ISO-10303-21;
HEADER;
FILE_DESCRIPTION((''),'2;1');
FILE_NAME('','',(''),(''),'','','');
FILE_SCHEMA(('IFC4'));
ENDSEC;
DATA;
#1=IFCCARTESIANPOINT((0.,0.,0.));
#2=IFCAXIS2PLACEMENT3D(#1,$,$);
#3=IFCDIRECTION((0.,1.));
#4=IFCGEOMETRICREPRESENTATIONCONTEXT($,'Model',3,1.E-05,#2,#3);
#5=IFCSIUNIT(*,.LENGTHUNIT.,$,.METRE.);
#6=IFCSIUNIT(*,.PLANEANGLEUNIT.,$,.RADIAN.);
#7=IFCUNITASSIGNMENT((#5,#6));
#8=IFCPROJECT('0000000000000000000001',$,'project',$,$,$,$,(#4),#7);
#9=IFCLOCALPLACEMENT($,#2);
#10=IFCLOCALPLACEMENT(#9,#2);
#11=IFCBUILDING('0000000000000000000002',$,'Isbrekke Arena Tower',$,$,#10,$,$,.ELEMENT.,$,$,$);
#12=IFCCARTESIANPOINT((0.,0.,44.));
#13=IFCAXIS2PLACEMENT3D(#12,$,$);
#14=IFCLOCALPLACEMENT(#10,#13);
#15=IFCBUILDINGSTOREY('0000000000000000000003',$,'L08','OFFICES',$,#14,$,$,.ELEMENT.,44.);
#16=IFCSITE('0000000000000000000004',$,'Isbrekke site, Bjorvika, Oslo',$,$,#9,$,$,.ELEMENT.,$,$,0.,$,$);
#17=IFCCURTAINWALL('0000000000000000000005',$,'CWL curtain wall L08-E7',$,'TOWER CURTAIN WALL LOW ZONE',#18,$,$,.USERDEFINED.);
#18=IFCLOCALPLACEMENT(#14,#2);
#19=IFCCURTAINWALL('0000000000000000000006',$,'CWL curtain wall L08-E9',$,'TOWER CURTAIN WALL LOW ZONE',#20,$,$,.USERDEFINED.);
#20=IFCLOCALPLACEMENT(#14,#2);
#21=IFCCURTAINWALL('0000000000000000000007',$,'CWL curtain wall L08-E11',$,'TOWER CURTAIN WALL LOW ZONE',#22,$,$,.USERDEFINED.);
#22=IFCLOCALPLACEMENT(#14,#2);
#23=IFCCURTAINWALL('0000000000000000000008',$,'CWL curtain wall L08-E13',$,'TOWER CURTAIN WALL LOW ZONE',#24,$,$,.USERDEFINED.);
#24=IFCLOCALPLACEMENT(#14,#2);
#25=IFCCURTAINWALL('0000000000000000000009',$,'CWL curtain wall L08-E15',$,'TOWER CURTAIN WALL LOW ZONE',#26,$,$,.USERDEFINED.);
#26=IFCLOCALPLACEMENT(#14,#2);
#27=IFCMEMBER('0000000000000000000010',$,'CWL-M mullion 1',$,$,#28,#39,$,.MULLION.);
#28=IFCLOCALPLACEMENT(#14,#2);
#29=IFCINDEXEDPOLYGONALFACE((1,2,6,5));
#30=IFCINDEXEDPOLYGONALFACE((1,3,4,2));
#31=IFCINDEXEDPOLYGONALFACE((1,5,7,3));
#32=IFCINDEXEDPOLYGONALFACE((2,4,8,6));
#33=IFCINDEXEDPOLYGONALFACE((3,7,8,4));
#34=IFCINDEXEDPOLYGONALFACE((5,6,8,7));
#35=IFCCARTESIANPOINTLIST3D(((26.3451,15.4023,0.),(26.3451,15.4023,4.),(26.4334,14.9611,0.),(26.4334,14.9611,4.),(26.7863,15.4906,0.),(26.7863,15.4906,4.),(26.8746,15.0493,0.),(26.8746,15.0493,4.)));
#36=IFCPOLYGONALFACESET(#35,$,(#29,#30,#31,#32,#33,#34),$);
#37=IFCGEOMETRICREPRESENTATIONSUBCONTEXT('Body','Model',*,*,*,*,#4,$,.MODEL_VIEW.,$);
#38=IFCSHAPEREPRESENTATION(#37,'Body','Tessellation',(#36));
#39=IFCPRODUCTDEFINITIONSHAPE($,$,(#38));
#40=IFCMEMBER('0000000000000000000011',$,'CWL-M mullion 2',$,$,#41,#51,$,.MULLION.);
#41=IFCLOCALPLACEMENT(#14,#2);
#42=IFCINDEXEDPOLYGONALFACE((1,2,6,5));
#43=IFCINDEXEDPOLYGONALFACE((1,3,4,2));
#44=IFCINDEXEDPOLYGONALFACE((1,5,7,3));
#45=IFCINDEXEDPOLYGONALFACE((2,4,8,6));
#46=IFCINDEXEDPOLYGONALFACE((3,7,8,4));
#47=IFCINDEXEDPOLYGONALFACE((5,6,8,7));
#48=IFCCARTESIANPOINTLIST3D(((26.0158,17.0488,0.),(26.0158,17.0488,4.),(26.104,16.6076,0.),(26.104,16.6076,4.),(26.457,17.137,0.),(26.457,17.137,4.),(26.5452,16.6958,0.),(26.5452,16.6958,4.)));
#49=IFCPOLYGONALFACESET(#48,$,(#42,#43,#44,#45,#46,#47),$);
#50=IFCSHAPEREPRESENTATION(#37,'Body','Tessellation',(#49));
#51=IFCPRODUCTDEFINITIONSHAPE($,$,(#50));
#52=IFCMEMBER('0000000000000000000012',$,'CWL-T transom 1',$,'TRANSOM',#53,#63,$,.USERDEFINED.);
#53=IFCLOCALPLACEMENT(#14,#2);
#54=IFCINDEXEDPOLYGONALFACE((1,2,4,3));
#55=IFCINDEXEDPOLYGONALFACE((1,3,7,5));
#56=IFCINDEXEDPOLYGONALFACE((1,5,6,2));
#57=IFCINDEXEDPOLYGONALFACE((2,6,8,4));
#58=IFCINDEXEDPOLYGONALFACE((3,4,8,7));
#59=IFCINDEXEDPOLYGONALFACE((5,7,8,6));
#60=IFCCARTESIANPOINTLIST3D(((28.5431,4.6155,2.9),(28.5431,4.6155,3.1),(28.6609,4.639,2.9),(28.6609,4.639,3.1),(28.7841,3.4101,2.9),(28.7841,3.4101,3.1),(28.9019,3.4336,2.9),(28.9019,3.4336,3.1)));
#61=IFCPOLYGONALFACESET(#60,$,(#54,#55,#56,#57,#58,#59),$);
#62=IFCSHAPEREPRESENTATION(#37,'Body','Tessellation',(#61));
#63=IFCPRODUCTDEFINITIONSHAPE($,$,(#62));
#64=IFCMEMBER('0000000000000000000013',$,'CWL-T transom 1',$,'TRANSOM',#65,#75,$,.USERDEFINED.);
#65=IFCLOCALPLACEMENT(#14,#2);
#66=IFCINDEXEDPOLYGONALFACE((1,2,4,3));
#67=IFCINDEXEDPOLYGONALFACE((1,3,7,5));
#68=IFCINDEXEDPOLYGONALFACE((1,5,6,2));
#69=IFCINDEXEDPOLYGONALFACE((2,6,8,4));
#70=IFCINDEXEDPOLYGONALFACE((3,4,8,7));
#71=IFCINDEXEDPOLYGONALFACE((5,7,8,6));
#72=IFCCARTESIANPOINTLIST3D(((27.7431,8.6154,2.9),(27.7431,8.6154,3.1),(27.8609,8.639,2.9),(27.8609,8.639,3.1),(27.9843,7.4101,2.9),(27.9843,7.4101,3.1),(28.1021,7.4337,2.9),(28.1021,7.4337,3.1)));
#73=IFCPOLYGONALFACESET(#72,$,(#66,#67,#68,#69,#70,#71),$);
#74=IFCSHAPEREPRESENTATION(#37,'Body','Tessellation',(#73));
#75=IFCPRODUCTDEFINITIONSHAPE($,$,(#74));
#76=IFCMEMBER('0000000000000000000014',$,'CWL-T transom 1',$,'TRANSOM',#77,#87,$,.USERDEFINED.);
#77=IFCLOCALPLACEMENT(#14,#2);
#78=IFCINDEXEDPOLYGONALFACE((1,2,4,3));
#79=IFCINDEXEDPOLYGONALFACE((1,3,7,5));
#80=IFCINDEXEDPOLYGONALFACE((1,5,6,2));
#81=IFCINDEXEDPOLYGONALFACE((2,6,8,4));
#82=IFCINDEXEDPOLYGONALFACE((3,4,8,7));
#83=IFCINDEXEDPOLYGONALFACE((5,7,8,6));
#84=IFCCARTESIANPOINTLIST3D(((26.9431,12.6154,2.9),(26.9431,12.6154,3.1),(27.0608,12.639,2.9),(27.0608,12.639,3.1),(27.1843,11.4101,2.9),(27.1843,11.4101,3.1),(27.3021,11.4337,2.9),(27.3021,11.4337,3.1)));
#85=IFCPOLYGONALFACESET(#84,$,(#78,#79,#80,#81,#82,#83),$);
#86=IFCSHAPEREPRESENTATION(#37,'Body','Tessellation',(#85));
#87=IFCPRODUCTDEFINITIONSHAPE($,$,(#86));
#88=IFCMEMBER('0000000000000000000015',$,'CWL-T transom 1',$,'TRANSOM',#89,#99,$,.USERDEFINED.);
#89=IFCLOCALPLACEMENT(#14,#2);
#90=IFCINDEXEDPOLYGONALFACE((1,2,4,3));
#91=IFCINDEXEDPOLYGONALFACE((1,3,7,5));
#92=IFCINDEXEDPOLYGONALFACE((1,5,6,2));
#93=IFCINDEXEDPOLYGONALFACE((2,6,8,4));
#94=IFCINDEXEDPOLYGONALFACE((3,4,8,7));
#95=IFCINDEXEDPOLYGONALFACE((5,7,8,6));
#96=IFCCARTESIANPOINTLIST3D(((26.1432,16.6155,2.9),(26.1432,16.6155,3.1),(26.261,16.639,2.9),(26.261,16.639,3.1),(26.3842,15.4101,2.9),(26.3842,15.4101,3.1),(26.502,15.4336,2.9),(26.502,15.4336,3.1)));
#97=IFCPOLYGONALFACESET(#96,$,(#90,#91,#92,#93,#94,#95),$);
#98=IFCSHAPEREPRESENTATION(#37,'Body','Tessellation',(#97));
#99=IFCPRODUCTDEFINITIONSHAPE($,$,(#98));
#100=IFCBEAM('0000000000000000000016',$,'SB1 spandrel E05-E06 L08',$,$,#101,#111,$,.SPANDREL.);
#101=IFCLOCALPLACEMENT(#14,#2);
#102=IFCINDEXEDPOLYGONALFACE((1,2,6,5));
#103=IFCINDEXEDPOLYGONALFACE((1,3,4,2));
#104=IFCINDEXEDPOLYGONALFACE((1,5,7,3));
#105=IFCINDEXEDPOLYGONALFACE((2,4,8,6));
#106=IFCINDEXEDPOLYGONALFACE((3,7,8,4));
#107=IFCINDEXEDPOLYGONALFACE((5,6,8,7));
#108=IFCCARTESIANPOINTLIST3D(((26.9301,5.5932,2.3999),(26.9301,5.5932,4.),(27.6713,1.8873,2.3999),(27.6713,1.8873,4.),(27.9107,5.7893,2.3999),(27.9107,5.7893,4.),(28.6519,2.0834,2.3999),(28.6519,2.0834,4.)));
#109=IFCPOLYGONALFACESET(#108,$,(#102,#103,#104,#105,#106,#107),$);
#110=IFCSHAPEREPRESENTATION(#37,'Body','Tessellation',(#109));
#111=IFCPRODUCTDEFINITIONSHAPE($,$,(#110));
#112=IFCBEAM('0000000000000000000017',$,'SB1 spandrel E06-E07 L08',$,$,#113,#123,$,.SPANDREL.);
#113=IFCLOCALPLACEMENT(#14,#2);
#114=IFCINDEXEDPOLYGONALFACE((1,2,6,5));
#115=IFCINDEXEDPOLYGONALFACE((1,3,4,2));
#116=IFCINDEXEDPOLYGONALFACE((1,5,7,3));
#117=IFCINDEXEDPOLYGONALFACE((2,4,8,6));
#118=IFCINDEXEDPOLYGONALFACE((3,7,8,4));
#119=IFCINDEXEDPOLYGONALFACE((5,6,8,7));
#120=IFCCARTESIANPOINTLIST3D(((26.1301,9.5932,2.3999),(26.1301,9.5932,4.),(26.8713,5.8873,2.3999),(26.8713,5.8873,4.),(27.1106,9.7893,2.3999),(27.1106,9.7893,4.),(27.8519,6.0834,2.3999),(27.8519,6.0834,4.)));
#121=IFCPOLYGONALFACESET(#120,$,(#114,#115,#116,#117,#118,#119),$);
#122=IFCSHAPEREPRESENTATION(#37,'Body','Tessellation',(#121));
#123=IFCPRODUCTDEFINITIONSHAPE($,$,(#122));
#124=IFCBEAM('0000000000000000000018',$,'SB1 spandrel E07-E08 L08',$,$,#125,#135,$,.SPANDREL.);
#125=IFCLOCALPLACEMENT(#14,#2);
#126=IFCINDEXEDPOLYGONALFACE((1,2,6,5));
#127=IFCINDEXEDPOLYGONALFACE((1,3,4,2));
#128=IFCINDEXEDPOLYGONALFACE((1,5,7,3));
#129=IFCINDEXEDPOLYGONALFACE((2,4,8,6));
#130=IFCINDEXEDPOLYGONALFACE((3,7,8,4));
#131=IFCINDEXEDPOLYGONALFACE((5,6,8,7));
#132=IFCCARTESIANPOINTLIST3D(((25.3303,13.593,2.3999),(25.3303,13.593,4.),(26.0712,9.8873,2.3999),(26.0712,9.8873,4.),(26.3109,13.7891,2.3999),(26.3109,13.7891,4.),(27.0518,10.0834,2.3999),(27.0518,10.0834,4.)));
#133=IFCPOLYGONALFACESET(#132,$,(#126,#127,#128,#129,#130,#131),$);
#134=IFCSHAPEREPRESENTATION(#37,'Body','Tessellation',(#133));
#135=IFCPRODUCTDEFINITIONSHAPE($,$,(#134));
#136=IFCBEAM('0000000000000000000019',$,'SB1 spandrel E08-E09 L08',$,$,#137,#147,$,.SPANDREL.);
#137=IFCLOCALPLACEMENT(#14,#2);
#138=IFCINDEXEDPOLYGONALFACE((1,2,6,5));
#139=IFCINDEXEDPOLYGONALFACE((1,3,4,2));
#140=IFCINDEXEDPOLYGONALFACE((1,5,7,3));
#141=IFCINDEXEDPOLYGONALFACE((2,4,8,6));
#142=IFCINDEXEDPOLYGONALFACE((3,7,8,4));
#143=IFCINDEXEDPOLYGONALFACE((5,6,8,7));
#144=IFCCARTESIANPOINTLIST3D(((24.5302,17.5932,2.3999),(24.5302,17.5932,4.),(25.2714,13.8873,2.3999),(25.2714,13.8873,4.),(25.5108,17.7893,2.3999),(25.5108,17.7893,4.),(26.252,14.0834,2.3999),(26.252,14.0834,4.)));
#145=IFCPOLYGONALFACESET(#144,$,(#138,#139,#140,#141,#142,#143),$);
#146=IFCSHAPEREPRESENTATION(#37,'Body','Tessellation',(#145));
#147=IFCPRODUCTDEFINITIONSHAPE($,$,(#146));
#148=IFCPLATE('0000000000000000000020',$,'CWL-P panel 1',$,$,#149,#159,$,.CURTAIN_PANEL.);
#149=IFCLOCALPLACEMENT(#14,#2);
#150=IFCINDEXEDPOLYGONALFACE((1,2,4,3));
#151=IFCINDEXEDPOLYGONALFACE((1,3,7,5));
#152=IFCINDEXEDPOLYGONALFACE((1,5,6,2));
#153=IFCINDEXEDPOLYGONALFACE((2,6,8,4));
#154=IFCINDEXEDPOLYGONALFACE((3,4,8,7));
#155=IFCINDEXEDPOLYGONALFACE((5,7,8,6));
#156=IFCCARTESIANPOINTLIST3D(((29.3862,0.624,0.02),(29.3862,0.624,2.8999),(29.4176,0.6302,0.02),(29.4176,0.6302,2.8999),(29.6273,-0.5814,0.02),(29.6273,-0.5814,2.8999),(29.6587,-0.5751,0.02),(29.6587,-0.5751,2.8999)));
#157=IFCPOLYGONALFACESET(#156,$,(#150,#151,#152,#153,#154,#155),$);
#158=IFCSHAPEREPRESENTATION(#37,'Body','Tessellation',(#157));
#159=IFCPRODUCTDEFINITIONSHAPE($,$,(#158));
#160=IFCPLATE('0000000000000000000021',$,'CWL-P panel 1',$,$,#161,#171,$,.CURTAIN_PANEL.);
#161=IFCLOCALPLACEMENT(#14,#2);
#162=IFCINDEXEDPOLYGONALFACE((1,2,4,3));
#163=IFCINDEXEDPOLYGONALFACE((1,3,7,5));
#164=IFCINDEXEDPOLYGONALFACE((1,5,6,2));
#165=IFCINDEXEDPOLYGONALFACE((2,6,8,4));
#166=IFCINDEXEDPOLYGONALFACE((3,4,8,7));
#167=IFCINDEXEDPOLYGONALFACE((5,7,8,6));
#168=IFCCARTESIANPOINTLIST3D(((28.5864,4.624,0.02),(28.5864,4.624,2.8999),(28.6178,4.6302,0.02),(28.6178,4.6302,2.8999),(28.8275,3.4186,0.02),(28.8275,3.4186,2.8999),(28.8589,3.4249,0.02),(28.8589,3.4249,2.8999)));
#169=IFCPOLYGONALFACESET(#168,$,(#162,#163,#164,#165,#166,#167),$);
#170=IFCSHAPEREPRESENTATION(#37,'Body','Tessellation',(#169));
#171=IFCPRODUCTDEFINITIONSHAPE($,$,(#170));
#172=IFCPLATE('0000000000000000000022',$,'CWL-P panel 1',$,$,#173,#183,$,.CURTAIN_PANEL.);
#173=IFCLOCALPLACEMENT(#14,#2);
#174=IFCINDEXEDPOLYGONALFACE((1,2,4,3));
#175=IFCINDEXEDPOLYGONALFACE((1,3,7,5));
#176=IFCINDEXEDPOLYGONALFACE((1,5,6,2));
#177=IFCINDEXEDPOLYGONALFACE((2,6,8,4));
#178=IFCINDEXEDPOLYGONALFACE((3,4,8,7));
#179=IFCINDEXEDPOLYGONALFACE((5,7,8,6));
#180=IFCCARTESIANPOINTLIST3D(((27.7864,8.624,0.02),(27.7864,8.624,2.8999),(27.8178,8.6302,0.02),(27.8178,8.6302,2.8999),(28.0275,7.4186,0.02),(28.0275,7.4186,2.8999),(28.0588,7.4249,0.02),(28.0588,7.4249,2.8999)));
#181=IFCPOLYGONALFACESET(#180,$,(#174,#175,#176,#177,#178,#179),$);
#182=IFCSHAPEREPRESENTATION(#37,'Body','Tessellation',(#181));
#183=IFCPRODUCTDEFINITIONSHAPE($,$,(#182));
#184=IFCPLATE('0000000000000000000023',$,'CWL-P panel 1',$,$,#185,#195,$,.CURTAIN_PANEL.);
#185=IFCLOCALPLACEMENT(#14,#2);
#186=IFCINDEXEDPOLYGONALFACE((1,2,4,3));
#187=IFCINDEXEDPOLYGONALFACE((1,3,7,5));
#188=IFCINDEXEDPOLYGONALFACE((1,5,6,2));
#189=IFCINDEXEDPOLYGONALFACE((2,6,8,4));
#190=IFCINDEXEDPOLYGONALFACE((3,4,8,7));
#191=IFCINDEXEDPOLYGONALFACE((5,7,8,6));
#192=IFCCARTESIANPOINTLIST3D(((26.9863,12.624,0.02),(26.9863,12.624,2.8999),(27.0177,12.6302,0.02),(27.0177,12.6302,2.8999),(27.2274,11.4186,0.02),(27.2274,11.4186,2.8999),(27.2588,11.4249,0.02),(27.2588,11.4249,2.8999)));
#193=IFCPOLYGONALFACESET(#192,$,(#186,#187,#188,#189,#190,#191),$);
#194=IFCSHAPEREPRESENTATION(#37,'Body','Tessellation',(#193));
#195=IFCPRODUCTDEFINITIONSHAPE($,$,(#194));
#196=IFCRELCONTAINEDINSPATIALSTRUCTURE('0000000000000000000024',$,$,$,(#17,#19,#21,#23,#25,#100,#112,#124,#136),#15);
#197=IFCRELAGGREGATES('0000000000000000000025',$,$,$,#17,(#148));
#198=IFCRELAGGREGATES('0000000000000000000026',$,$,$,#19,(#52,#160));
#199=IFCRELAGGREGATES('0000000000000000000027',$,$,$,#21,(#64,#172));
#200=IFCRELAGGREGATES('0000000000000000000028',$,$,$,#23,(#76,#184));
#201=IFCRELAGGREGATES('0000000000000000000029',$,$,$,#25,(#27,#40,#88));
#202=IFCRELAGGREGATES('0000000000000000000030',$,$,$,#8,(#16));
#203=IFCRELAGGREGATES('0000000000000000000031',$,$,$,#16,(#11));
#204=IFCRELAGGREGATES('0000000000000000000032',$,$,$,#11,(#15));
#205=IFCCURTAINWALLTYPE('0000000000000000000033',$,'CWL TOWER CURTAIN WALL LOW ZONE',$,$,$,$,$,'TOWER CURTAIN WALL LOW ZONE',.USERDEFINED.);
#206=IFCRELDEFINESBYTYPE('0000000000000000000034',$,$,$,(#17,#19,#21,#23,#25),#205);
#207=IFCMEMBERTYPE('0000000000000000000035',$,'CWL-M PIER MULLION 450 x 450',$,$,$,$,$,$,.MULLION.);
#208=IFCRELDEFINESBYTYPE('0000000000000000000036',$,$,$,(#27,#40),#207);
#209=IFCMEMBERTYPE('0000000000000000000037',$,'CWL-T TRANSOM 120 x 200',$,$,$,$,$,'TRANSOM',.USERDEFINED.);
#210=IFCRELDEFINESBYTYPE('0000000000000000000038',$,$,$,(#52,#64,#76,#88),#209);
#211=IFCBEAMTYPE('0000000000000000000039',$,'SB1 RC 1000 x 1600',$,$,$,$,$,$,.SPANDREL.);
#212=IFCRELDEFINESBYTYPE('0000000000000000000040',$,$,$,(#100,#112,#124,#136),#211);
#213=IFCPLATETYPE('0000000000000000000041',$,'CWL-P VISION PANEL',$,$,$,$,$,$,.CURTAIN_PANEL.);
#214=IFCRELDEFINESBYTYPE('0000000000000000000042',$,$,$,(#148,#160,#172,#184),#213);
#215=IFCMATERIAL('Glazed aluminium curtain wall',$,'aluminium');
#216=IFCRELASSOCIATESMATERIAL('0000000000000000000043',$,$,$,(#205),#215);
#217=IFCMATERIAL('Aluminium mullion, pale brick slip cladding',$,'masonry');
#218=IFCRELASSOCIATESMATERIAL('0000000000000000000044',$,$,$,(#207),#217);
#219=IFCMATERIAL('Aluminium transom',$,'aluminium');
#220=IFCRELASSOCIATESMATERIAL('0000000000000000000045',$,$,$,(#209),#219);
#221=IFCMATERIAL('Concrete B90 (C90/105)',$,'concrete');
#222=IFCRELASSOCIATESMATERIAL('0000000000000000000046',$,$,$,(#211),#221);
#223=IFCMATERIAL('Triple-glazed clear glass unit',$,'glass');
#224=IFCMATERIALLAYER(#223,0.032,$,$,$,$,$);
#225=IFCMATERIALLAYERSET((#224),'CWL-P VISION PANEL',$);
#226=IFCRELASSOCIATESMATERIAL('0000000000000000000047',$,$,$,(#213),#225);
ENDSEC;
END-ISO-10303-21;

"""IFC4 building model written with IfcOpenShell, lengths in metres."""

from ifc_helpers import new_model, si_unit, direction, frame, origin, origin_2d, place, context, subcontext, project, spatial, rectangle, extrude, material, layer, layer_set, material_profile, profile_set, type_object, element, aggregate, save


model = new_model("IFC4")

# Units and contexts
model_context = context("Model", 3, precision=1e-05, world=origin(), true_north=direction((0.0, 1.0)))
body_context = subcontext(model_context, "Body", "Model", "MODEL_VIEW")
ifc_project = project(units=[si_unit("LENGTHUNIT", "METRE"), si_unit("PLANEANGLEUNIT", "RADIAN")], contexts=[model_context])

# Site, building, storey
site_placement = place(None, origin())
site = spatial("IfcSite", under=ifc_project, at=site_placement, Name="Isbrekke site, Bjorvika, Oslo", CompositionType="ELEMENT", RefElevation=0.0)
building_placement = place(site_placement, origin())
building = spatial("IfcBuilding", under=site, at=building_placement, Name="Isbrekke Arena Tower", CompositionType="ELEMENT")
storey_placement = place(building_placement, frame((0.0, 0.0, 44.0)))
storey = spatial("IfcBuildingStorey", under=building, at=storey_placement, Name="L08", Description="OFFICES", CompositionType="ELEMENT", Elevation=44.0)

# Curtain wall
ifc_material_1 = material(Name="Glazed aluminium curtain wall", Category="aluminium")
curtain_wall_type = type_object("IfcCurtainWallType", Name="CWL TOWER CURTAIN WALL LOW ZONE", ElementType="TOWER CURTAIN WALL LOW ZONE", PredefinedType="USERDEFINED", material=ifc_material_1)
curtain_wall_1_placement = place(storey_placement, origin())
curtain_wall_1 = element("IfcCurtainWall", 1, at=curtain_wall_1_placement, inside=storey, type_object=curtain_wall_type, Name="CWL curtain wall L08-E7", ObjectType="TOWER CURTAIN WALL LOW ZONE", PredefinedType="USERDEFINED")
ifc_material_2 = material(Name="Aluminium mullion, pale brick slip cladding", Category="masonry")
ifc_material_profile_1 = material_profile(ifc_material_2, rectangle(XDim=0.45, YDim=0.45, at=origin_2d()), Name="PIER 450X450")
ifc_profile_set_1 = profile_set([ifc_material_profile_1], Name="Aluminium mullion, pale brick slip cladding")
member_type_1 = type_object("IfcMemberType", Name="CWL-M PIER MULLION 450 x 450", PredefinedType="MULLION", material=ifc_profile_set_1)

# Curtain walls, members
curtain_wall_2_placement = place(storey_placement, origin())
curtain_wall_2 = element("IfcCurtainWall", 2, at=curtain_wall_2_placement, inside=storey, type_object=curtain_wall_type, Name="CWL curtain wall L08-E9", ObjectType="TOWER CURTAIN WALL LOW ZONE", PredefinedType="USERDEFINED")
curtain_wall_3_placement = place(storey_placement, origin())
curtain_wall_3 = element("IfcCurtainWall", 3, at=curtain_wall_3_placement, inside=storey, type_object=curtain_wall_type, Name="CWL curtain wall L08-E11", ObjectType="TOWER CURTAIN WALL LOW ZONE", PredefinedType="USERDEFINED")
curtain_wall_4_placement = place(storey_placement, origin())
curtain_wall_4 = element("IfcCurtainWall", 4, at=curtain_wall_4_placement, inside=storey, type_object=curtain_wall_type, Name="CWL curtain wall L08-E13", ObjectType="TOWER CURTAIN WALL LOW ZONE", PredefinedType="USERDEFINED")
curtain_wall_5_placement = place(storey_placement, origin())
curtain_wall_5 = element("IfcCurtainWall", 5, at=curtain_wall_5_placement, inside=storey, type_object=curtain_wall_type, Name="CWL curtain wall L08-E15", ObjectType="TOWER CURTAIN WALL LOW ZONE", PredefinedType="USERDEFINED")
member_1_placement = place(storey_placement, frame((26.6099, 15.2258, 0.0), z_axis=(0.0, 0.0, 1.0), x_axis=(-0.196116, 0.980581, 0.0)))
member_1 = element("IfcMember", 6, at=member_1_placement, type_object=member_type_1, Name="CWL-M mullion 1", PredefinedType="MULLION", context=body_context, shape_type="SweptSolid", body=[
    extrude(rectangle(XDim=0.45, YDim=0.45, at=origin_2d()), origin(), (0.0, 0.0, 1.0), 4.0),
])
member_2_placement = place(storey_placement, frame((26.2805, 16.8723, 0.0), z_axis=(0.0, 0.0, 1.0), x_axis=(-0.196116, 0.980581, 0.0)))
member_2 = element("IfcMember", 7, at=member_2_placement, type_object=member_type_1, Name="CWL-M mullion 2", PredefinedType="MULLION", context=body_context, shape_type="SweptSolid", body=[
    extrude(rectangle(XDim=0.45, YDim=0.45, at=origin_2d()), origin(), (0.0, 0.0, 1.0), 4.0),
])

# Members
ifc_material_3 = material(Name="Aluminium transom", Category="aluminium")
ifc_material_profile_2 = material_profile(ifc_material_3, rectangle(XDim=0.1201, YDim=0.2, at=origin_2d()), Name="TRANSOM 120X200")
ifc_profile_set_2 = profile_set([ifc_material_profile_2], Name="Aluminium transom")
member_type_2 = type_object("IfcMemberType", Name="CWL-T TRANSOM 120 x 200", ElementType="TRANSOM", PredefinedType="USERDEFINED", material=ifc_profile_set_2)
member_3_placement = place(storey_placement, frame((28.843, 3.4219, 3.0), z_axis=(-0.19604, 0.980596, 0.0), x_axis=(-0.980596, -0.19604, 0.0)))
member_3 = element("IfcMember", 8, at=member_3_placement, type_object=member_type_2, Name="CWL-T transom 1", ObjectType="TRANSOM", PredefinedType="USERDEFINED", context=body_context, shape_type="SweptSolid", body=[
    extrude(rectangle(XDim=0.1201, YDim=0.2, at=origin_2d()), origin(), (0.0, 0.0, 1.0), 1.2292),
])
member_4_placement = place(storey_placement, frame((28.0432, 7.4219, 3.0), z_axis=(-0.196231, 0.980558, 0.0), x_axis=(-0.980558, -0.196231, 0.0)))
member_4 = element("IfcMember", 9, at=member_4_placement, type_object=member_type_2, Name="CWL-T transom 1", ObjectType="TRANSOM", PredefinedType="USERDEFINED", context=body_context, shape_type="SweptSolid", body=[
    extrude(rectangle(XDim=0.1201, YDim=0.2, at=origin_2d()), origin(), (0.0, 0.0, 1.0), 1.2292),
])
member_5_placement = place(storey_placement, frame((27.2432, 11.4219, 3.0), z_axis=(-0.196231, 0.980558, 0.0), x_axis=(-0.980558, -0.196231, 0.0)))
member_5 = element("IfcMember", 10, at=member_5_placement, type_object=member_type_2, Name="CWL-T transom 1", ObjectType="TRANSOM", PredefinedType="USERDEFINED", context=body_context, shape_type="SweptSolid", body=[
    extrude(rectangle(XDim=0.1201, YDim=0.2, at=origin_2d()), origin(), (0.0, 0.0, 1.0), 1.2292),
])
member_6_placement = place(storey_placement, frame((26.4431, 15.4219, 3.0), z_axis=(-0.19604, 0.980596, 0.0), x_axis=(-0.980596, -0.19604, 0.0)))
member_6 = element("IfcMember", 11, at=member_6_placement, type_object=member_type_2, Name="CWL-T transom 1", ObjectType="TRANSOM", PredefinedType="USERDEFINED", context=body_context, shape_type="SweptSolid", body=[
    extrude(rectangle(XDim=0.1201, YDim=0.2, at=origin_2d()), origin(), (0.0, 0.0, 1.0), 1.2292),
])

# Beams
ifc_material_4 = material(Name="Concrete B90 (C90/105)", Category="concrete")
ifc_material_profile_3 = material_profile(ifc_material_4, rectangle(XDim=1.0, YDim=1.6001, at=origin_2d()), Name="RC 1000x1600")
ifc_profile_set_3 = profile_set([ifc_material_profile_3], Name="Concrete B90 (C90/105)")
beam_type_1 = type_object("IfcBeamType", Name="SB1 RC 1000 x 1600", PredefinedType="SPANDREL", material=ifc_profile_set_3)
for number, where, z_axis, x_axis, name in (
    (12, (28.1616, 1.9854, 3.2), (-0.196129, 0.980578, 0.0), (-0.980578, -0.196129, 0.0), "SB1 spandrel E05-E06 L08"),
    (13, (27.3616, 5.9854, 3.2), (-0.196129, 0.980578, 0.0), (-0.980578, -0.196129, 0.0), "SB1 spandrel E06-E07 L08"),
):
    element("IfcBeam", number, at=place(storey_placement, frame(where, z_axis=z_axis, x_axis=x_axis)), inside=storey, type_object=beam_type_1, Name=name, PredefinedType="SPANDREL", context=body_context, shape_type="SweptSolid", body=[
        extrude(rectangle(XDim=1.0, YDim=1.6001, at=origin_2d()), origin(), (0.0, 0.0, 1.0), 3.7793),
    ])
beam_1_placement = place(storey_placement, frame((26.5615, 9.9854, 3.2), z_axis=(-0.196066, 0.980591, 0.0), x_axis=(-0.980591, -0.196066, 0.0)))
element("IfcBeam", 14, at=beam_1_placement, inside=storey, type_object=beam_type_1, Name="SB1 spandrel E07-E08 L08", PredefinedType="SPANDREL", context=body_context, shape_type="SweptSolid", body=[
    extrude(rectangle(XDim=1.0, YDim=1.6001, at=origin_2d()), origin(), (0.0, 0.0, 1.0), 3.7791),
])
beam_2_placement = place(storey_placement, frame((25.7617, 13.9854, 3.2), z_axis=(-0.196129, 0.980578, 0.0), x_axis=(-0.980578, -0.196129, 0.0)))
element("IfcBeam", 15, at=beam_2_placement, inside=storey, type_object=beam_type_1, Name="SB1 spandrel E08-E09 L08", PredefinedType="SPANDREL", context=body_context, shape_type="SweptSolid", body=[
    extrude(rectangle(XDim=1.0, YDim=1.6001, at=origin_2d()), origin(), (0.0, 0.0, 1.0), 3.7793),
])

# Plates
ifc_material_5 = material(Name="Triple-glazed clear glass unit", Category="glass")
ifc_layer = layer(ifc_material_5, 0.032)
ifc_layer_set = layer_set([ifc_layer], Name="CWL-P VISION PANEL")
plate_type = type_object("IfcPlateType", Name="CWL-P VISION PANEL", PredefinedType="CURTAIN_PANEL", material=ifc_layer_set)
plate_1_placement = place(storey_placement, frame((29.5225, 0.0244, 0.02), z_axis=(0.0, 0.0, 1.0), x_axis=(-0.196116, 0.980581, 0.0)))
plate_1 = element("IfcPlate", 16, at=plate_1_placement, type_object=plate_type, Name="CWL-P panel 1", PredefinedType="CURTAIN_PANEL", context=body_context, shape_type="SweptSolid", body=[
    extrude(rectangle(XDim=1.2292, YDim=0.032, at=origin_2d()), origin(), (0.0, 0.0, 1.0), 2.8799),
])
aggregate(curtain_wall_1, [plate_1])
plate_2_placement = place(storey_placement, frame((28.7227, 4.0244, 0.02), z_axis=(0.0, 0.0, 1.0), x_axis=(-0.196116, 0.980581, 0.0)))
plate_2 = element("IfcPlate", 17, at=plate_2_placement, type_object=plate_type, Name="CWL-P panel 1", PredefinedType="CURTAIN_PANEL", context=body_context, shape_type="SweptSolid", body=[
    extrude(rectangle(XDim=1.2292, YDim=0.032, at=origin_2d()), origin(), (0.0, 0.0, 1.0), 2.8799),
])
aggregate(curtain_wall_2, [member_3, plate_2])
plate_3_placement = place(storey_placement, frame((27.9226, 8.0244, 0.02), z_axis=(0.0, 0.0, 1.0), x_axis=(-0.196116, 0.980581, 0.0)))
plate_3 = element("IfcPlate", 18, at=plate_3_placement, type_object=plate_type, Name="CWL-P panel 1", PredefinedType="CURTAIN_PANEL", context=body_context, shape_type="SweptSolid", body=[
    extrude(rectangle(XDim=1.2292, YDim=0.032, at=origin_2d()), origin(), (0.0, 0.0, 1.0), 2.8799),
])
aggregate(curtain_wall_3, [member_4, plate_3])
plate_4_placement = place(storey_placement, frame((27.1226, 12.0244, 0.02), z_axis=(0.0, 0.0, 1.0), x_axis=(-0.196116, 0.980581, 0.0)))
plate_4 = element("IfcPlate", 19, at=plate_4_placement, type_object=plate_type, Name="CWL-P panel 1", PredefinedType="CURTAIN_PANEL", context=body_context, shape_type="SweptSolid", body=[
    extrude(rectangle(XDim=1.2292, YDim=0.032, at=origin_2d()), origin(), (0.0, 0.0, 1.0), 2.8799),
])
aggregate(curtain_wall_4, [member_5, plate_4])
aggregate(curtain_wall_5, [member_1, member_2, member_6])

save(model, "model.ifc")
